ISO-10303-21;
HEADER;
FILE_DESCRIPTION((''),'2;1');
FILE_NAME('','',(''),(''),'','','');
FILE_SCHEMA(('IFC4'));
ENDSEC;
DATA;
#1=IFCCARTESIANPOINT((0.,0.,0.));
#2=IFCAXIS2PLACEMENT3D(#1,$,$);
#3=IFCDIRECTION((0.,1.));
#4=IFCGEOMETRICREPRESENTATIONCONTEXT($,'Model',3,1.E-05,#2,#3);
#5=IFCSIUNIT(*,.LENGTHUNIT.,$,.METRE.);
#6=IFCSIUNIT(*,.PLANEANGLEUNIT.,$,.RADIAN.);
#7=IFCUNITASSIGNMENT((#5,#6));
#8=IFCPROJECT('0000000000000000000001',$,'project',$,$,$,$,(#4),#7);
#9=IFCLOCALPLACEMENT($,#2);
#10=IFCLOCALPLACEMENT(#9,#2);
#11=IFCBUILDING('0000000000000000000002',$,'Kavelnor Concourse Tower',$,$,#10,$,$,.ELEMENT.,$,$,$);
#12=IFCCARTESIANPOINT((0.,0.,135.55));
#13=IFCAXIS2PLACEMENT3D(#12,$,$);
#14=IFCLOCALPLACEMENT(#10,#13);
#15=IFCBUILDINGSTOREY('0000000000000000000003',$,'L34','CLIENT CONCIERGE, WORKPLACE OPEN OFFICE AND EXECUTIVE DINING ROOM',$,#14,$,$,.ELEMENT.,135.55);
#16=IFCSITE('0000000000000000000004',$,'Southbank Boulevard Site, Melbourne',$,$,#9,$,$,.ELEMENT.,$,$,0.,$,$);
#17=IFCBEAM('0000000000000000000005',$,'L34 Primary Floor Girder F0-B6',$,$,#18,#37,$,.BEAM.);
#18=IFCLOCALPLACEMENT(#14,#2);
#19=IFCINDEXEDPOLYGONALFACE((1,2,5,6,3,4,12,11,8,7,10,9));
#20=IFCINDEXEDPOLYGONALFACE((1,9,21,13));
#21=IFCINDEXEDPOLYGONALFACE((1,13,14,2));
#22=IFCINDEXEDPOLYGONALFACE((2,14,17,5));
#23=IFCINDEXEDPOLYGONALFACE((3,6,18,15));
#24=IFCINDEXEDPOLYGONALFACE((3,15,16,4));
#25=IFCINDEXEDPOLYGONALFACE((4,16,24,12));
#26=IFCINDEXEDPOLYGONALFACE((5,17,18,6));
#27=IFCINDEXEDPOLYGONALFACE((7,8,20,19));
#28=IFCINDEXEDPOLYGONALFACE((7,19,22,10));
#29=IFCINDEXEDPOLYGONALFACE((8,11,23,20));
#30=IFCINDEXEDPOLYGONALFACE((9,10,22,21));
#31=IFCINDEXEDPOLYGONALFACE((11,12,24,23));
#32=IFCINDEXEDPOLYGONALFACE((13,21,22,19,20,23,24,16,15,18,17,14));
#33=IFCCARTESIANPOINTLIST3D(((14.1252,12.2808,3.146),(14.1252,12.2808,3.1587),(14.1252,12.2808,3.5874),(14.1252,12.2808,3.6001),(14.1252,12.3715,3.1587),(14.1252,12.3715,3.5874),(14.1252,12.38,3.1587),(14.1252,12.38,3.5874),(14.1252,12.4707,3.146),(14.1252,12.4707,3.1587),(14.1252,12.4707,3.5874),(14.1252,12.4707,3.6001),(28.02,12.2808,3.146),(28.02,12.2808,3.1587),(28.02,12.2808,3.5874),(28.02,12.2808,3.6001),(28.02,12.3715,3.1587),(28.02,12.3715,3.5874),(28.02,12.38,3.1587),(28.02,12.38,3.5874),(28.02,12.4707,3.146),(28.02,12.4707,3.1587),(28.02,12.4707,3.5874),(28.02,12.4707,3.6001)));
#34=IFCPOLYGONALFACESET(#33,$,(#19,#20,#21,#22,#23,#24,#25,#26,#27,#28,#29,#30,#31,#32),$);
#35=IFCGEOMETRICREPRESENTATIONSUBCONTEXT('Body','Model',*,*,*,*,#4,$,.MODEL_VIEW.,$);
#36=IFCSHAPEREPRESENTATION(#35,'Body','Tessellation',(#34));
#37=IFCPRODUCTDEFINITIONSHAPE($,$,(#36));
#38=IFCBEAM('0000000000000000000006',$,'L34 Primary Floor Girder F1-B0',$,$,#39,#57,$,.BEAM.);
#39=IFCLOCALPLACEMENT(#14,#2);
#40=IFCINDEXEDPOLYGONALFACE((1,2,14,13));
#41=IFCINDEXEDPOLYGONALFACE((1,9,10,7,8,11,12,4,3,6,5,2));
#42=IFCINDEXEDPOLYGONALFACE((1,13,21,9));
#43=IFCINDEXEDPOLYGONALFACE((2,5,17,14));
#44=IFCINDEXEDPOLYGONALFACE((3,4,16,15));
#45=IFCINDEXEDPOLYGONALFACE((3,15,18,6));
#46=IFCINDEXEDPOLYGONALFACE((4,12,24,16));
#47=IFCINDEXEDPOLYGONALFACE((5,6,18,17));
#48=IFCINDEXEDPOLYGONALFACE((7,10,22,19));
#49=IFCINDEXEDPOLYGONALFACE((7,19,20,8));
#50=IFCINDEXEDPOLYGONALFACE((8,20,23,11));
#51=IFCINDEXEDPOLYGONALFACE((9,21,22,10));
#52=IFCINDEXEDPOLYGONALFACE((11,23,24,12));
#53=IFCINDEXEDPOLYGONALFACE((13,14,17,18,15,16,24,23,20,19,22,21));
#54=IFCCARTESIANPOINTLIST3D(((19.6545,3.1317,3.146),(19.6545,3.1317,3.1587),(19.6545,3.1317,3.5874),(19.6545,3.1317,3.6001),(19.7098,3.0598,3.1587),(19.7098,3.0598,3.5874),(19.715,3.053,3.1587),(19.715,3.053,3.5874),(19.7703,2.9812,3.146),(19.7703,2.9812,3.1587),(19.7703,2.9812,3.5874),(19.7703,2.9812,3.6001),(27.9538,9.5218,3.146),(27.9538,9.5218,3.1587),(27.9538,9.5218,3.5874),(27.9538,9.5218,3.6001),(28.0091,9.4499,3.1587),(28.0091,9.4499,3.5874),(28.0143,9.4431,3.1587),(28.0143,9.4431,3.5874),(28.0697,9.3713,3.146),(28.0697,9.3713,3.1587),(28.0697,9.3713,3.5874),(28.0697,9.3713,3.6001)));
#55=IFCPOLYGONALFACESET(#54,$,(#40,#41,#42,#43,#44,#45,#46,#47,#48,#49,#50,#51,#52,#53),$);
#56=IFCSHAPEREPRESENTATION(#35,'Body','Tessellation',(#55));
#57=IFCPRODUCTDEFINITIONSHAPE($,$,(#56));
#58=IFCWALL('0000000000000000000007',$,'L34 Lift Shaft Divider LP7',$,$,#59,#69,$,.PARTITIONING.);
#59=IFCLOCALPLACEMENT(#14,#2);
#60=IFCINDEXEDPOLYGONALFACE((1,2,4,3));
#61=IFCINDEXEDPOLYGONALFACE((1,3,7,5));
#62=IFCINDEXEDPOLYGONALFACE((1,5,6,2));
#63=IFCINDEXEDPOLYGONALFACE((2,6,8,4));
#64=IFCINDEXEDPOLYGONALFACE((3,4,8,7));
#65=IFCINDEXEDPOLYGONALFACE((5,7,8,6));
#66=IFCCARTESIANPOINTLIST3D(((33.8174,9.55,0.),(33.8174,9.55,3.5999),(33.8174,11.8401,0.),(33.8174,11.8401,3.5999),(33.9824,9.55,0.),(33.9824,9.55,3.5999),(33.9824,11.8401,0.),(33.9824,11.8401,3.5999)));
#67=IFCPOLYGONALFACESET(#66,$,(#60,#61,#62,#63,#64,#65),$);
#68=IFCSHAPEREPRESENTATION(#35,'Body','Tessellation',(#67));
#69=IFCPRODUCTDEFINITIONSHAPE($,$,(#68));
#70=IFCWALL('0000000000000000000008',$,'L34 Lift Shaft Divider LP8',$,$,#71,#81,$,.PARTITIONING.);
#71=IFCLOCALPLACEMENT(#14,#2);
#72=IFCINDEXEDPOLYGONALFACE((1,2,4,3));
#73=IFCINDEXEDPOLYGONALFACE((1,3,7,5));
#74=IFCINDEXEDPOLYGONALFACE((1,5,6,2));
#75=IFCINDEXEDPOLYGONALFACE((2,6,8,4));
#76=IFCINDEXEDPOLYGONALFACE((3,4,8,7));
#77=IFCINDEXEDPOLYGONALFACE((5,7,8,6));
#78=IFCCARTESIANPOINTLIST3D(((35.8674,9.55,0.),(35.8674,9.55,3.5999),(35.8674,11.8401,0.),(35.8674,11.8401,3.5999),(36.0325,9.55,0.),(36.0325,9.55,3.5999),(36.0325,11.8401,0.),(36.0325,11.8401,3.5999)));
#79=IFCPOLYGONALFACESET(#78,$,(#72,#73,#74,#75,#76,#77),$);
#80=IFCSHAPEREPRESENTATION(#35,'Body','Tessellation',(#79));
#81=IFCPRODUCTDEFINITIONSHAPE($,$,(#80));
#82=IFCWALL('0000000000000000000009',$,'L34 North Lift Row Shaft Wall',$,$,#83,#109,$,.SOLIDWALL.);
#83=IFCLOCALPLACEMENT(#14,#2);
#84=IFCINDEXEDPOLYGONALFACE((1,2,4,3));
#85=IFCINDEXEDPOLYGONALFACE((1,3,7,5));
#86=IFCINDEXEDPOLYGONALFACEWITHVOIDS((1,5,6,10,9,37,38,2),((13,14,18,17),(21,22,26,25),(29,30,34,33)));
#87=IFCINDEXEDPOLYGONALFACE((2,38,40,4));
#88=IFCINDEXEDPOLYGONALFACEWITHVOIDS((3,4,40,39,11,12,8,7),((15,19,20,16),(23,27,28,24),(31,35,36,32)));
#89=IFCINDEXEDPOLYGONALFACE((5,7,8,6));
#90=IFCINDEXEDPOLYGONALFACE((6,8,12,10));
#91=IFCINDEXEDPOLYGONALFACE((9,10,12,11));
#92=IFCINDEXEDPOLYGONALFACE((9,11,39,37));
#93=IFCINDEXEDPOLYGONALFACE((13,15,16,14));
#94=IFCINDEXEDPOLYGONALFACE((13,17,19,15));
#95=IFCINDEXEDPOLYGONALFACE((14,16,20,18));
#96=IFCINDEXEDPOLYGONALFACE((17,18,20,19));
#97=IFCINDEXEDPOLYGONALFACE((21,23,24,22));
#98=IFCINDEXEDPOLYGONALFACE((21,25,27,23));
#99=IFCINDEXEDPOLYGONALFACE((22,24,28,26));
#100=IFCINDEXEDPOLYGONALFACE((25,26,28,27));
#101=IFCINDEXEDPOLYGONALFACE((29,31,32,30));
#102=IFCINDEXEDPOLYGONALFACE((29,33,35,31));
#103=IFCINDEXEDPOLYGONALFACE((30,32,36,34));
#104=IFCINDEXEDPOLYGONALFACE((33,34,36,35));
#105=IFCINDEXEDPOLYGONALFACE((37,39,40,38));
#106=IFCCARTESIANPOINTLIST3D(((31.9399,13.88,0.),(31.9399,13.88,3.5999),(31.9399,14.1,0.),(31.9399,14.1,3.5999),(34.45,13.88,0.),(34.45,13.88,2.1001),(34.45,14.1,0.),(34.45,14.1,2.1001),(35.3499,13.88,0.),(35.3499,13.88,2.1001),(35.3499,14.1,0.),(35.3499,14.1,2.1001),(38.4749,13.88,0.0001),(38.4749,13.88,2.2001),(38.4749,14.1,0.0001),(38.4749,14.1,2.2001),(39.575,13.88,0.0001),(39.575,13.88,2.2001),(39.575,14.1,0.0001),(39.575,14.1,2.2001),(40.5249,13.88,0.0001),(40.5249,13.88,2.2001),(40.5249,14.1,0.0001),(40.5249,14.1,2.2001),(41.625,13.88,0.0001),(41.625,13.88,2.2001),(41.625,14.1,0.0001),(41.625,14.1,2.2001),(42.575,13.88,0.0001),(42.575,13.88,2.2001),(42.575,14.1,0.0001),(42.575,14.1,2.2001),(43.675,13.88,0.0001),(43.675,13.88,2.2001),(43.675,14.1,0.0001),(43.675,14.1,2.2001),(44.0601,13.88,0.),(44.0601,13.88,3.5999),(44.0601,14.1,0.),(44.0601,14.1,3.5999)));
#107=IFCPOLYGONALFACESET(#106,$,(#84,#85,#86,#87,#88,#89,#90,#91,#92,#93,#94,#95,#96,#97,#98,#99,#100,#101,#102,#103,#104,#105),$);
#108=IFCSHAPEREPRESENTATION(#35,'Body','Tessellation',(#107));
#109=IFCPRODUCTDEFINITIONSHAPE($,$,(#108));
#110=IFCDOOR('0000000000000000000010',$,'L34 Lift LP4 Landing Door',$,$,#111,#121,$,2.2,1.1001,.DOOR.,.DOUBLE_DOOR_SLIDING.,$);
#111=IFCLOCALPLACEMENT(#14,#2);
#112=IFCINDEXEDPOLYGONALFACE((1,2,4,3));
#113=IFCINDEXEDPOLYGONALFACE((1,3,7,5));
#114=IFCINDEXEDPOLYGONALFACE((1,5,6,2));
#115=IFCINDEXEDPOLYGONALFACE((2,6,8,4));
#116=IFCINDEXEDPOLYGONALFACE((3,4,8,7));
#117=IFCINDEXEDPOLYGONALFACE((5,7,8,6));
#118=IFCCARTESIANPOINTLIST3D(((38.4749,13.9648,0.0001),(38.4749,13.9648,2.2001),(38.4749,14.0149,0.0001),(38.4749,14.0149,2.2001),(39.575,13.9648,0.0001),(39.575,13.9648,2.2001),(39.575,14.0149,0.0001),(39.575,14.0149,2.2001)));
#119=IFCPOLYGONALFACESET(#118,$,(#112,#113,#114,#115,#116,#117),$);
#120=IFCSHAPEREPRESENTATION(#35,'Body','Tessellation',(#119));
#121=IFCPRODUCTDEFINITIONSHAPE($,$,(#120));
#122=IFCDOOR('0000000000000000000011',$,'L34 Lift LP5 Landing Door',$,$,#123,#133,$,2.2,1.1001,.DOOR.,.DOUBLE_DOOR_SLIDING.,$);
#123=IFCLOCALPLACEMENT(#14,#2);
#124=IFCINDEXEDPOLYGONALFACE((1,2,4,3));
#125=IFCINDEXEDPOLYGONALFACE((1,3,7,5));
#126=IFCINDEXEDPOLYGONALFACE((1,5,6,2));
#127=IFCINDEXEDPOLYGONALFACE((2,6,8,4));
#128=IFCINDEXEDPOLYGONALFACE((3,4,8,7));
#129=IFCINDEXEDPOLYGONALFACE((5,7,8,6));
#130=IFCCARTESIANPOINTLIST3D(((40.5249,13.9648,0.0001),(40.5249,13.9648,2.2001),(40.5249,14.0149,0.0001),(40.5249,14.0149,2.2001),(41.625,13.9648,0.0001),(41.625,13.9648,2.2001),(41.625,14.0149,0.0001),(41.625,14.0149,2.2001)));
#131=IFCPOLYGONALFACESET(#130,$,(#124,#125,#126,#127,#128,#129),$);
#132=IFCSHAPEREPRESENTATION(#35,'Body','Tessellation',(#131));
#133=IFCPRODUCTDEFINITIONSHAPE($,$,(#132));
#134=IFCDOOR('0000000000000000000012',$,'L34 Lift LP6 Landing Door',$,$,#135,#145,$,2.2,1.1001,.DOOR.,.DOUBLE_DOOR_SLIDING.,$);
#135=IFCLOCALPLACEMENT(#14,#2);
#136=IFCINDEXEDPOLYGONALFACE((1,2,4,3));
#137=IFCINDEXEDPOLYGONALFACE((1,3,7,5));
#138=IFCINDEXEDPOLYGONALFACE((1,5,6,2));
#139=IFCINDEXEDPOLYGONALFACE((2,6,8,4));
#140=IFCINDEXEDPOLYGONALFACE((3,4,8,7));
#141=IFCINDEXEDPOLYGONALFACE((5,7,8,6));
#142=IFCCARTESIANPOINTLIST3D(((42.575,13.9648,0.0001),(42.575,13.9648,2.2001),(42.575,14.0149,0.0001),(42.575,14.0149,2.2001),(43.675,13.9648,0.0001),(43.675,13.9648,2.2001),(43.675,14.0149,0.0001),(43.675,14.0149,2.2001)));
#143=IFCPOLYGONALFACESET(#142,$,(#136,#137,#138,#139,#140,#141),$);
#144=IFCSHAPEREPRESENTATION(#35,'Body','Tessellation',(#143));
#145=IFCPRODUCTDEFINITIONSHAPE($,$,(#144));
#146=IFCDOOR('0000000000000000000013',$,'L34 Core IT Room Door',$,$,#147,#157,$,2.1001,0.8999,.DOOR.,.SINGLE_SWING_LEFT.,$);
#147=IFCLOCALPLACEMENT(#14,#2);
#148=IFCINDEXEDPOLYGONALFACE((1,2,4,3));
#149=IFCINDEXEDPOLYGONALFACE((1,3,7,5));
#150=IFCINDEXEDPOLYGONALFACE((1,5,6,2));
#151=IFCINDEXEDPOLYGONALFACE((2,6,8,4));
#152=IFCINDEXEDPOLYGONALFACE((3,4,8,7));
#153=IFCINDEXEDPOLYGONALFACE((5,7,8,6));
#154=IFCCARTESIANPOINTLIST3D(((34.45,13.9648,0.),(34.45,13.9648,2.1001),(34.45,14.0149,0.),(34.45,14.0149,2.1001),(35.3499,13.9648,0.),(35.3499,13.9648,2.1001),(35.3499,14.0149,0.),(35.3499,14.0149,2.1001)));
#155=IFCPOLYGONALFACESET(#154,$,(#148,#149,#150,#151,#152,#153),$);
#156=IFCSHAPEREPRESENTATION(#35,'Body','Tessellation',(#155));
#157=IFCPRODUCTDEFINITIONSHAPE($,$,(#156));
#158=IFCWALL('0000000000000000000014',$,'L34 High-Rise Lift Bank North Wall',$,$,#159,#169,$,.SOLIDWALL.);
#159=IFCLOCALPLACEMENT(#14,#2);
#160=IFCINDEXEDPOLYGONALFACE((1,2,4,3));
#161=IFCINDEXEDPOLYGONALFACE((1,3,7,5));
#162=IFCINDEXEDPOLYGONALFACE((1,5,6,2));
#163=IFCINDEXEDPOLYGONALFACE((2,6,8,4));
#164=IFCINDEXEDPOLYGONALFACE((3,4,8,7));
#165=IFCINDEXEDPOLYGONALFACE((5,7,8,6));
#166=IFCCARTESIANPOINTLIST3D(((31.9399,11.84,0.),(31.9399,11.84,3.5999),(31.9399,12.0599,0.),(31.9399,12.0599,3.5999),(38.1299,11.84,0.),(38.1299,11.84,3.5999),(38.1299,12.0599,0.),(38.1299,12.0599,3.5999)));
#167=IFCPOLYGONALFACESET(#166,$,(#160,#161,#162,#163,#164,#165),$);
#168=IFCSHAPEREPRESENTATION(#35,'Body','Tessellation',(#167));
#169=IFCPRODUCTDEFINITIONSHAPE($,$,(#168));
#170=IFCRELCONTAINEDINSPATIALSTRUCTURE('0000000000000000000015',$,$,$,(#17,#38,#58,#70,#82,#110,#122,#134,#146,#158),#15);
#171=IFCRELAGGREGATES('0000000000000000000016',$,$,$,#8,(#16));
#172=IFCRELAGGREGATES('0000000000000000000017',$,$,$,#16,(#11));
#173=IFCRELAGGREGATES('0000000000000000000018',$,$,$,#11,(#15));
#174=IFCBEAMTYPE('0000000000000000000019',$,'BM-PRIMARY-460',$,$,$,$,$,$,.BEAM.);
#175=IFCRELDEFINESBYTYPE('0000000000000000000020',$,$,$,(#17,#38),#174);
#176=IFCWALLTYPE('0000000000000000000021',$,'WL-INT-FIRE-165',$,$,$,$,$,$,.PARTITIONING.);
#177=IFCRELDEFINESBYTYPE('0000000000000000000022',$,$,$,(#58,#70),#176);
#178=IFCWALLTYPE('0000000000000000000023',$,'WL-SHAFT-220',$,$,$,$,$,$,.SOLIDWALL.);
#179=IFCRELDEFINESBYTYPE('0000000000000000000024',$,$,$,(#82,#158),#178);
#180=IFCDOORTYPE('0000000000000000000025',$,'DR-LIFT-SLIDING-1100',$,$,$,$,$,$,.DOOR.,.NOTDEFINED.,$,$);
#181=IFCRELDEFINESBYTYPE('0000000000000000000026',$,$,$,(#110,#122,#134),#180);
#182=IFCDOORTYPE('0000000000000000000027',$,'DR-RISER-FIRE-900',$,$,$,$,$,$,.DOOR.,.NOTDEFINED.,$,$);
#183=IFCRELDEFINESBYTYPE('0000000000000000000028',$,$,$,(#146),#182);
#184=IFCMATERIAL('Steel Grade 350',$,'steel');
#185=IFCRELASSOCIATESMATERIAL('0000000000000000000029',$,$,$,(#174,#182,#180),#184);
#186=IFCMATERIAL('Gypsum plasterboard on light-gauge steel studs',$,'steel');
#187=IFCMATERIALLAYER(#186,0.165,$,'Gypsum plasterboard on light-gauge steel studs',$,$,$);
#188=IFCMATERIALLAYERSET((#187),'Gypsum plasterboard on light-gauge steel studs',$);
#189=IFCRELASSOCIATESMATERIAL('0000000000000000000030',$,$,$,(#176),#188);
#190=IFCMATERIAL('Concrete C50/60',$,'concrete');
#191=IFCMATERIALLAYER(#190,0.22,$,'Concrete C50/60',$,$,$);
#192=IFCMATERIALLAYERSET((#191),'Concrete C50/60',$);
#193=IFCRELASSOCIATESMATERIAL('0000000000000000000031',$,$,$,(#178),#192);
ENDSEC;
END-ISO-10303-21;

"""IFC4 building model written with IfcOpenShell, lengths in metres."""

from ifc_helpers import new_model, si_unit, direction, frame, frame_2d, origin, origin_2d, place, context, subcontext, project, spatial, rectangle, i_section, extrude, material, layer, layer_set, material_profile, profile_set, type_object, element, fill, save


model = new_model("IFC4")

# Units and contexts
model_context = context("Model", 3, precision=1e-05, world=origin(), true_north=direction((0.0, 1.0)))
body_context = subcontext(model_context, "Body", "Model", "MODEL_VIEW")
ifc_project = project(units=[si_unit("LENGTHUNIT", "METRE"), si_unit("PLANEANGLEUNIT", "RADIAN")], contexts=[model_context])

# Site, building, storey
site_placement = place(None, origin())
site = spatial("IfcSite", under=ifc_project, at=site_placement, Name="Southbank Boulevard Site, Melbourne", CompositionType="ELEMENT", RefElevation=0.0)
building_placement = place(site_placement, origin())
building = spatial("IfcBuilding", under=site, at=building_placement, Name="Kavelnor Concourse Tower", CompositionType="ELEMENT")
storey_placement = place(building_placement, frame((0.0, 0.0, 135.55)))
storey = spatial("IfcBuildingStorey", under=building, at=storey_placement, Name="L34", Description="CLIENT CONCIERGE, WORKPLACE OPEN OFFICE AND EXECUTIVE DINING ROOM", CompositionType="ELEMENT", Elevation=135.55)

# Beams
ifc_material_1 = material(Name="Steel Grade 350", Category="steel")
ifc_material_profile = material_profile(ifc_material_1, i_section(OverallWidth=0.1899, OverallDepth=0.4541, WebThickness=0.0085, FlangeThickness=0.0127, at=origin_2d()), Name="460UB67")
ifc_profile_set = profile_set([ifc_material_profile], Name="Steel Grade 350")
beam_type = type_object("IfcBeamType", Name="BM-PRIMARY-460", PredefinedType="BEAM", material=ifc_profile_set)
beam_1_placement = place(storey_placement, frame((28.02, 12.3757, 3.373), z_axis=(-1.0, 0.0, 0.0), x_axis=(0.0, -1.0, 0.0)))
element("IfcBeam", 1, at=beam_1_placement, inside=storey, type_object=beam_type, Name="L34 Primary Floor Girder F0-B6", PredefinedType="BEAM", context=body_context, shape_type="SweptSolid", body=[
    extrude(i_section(OverallWidth=0.1899, OverallDepth=0.4541, WebThickness=0.0085, FlangeThickness=0.0127, at=origin_2d()), origin(), (0.0, 0.0, 1.0), 13.8948),
])
beam_2_placement = place(storey_placement, frame((28.0117, 9.4465, 3.373), z_axis=(-0.792345, -0.610073, 0.0), x_axis=(0.610073, -0.792345, 0.0)))
element("IfcBeam", 2, at=beam_2_placement, inside=storey, type_object=beam_type, Name="L34 Primary Floor Girder F1-B0", PredefinedType="BEAM", context=body_context, shape_type="SweptSolid", body=[
    extrude(i_section(OverallWidth=0.1899, OverallDepth=0.4541, WebThickness=0.0085, FlangeThickness=0.0127, at=origin_2d()), origin(), (0.0, 0.0, 1.0), 10.4744),
])

# Shared definitions
door_type_1 = type_object("IfcDoorType", Name="DR-RISER-FIRE-900", OperationType="NOTDEFINED", PredefinedType="DOOR", material=ifc_material_1)

# Walls
ifc_material_2 = material(Name="Gypsum plasterboard on light-gauge steel studs", Category="steel")
ifc_layer_1 = layer(ifc_material_2, 0.165, Name="Gypsum plasterboard on light-gauge steel studs")
ifc_layer_set_1 = layer_set([ifc_layer_1], Name="Gypsum plasterboard on light-gauge steel studs")
wall_type_1 = type_object("IfcWallType", Name="WL-INT-FIRE-165", PredefinedType="PARTITIONING", material=ifc_layer_set_1)
for number, where, z_axis, x_axis, name in (
    (3, (33.8999, 9.55, 0.0), (0.0, 0.0, 1.0), (0.0, 1.0, 0.0), "L34 Lift Shaft Divider LP7"),
    (4, (35.95, 9.55, 0.0), (0.0, 0.0, 1.0), (0.0, 1.0, 0.0), "L34 Lift Shaft Divider LP8"),
):
    element("IfcWall", number, at=place(storey_placement, frame(where, z_axis=z_axis, x_axis=x_axis)), inside=storey, type_object=wall_type_1, Name=name, PredefinedType="PARTITIONING", context=body_context, shape_type="SweptSolid", body=[
        extrude(rectangle(XDim=2.29, YDim=0.165, at=frame_2d((1.145, 0.0))), origin(), (0.0, 0.0, 1.0), 3.5999),
    ])

# Wall, openings, doors
ifc_material_3 = material(Name="Concrete C50/60", Category="concrete")
ifc_layer_2 = layer(ifc_material_3, 0.22, Name="Concrete C50/60")
ifc_layer_set_2 = layer_set([ifc_layer_2], Name="Concrete C50/60")
wall_type_2 = type_object("IfcWallType", Name="WL-SHAFT-220", PredefinedType="SOLIDWALL", material=ifc_layer_set_2)
wall_1_placement = place(storey_placement, frame((31.9399, 13.99, 0.0), z_axis=(0.0, 0.0, 1.0), x_axis=(1.0, 0.0, 0.0)))
wall_1 = element("IfcWall", 5, at=wall_1_placement, inside=storey, type_object=wall_type_2, Name="L34 North Lift Row Shaft Wall", PredefinedType="SOLIDWALL", context=body_context, shape_type="SweptSolid", body=[
    extrude(rectangle(XDim=12.1201, YDim=0.22, at=frame_2d((6.0601, 0.0))), origin(), (0.0, 0.0, 1.0), 3.5999),
])
opening_1_placement = place(wall_1_placement, frame((2.51, 0.0, 0.0)))
opening_1 = element("IfcOpeningElement", 6, at=opening_1_placement, cuts=wall_1, PredefinedType="OPENING", context=body_context, shape_type="SweptSolid", body=[
    extrude(rectangle(XDim=0.8999, YDim=2.1001, at=frame_2d((0.45, 1.05))), frame((0.0, 0.1201, 0.0), z_axis=(0.0, -1.0, 0.0), x_axis=(1.0, 0.0, 0.0)), (0.0, 0.0, 1.0), 0.24),
])
opening_2_placement = place(wall_1_placement, frame((6.5349, 0.0, 0.0)))
opening_2 = element("IfcOpeningElement", 7, at=opening_2_placement, cuts=wall_1, PredefinedType="OPENING", context=body_context, shape_type="SweptSolid", body=[
    extrude(rectangle(XDim=1.1001, YDim=2.2, at=frame_2d((0.55, 1.1001))), frame((0.0, 0.1201, 0.0), z_axis=(0.0, -1.0, 0.0), x_axis=(1.0, 0.0, 0.0)), (0.0, 0.0, 1.0), 0.24),
])
opening_3_placement = place(wall_1_placement, frame((8.585, 0.0, 0.0)))
opening_3 = element("IfcOpeningElement", 8, at=opening_3_placement, cuts=wall_1, PredefinedType="OPENING", context=body_context, shape_type="SweptSolid", body=[
    extrude(rectangle(XDim=1.1001, YDim=2.2, at=frame_2d((0.55, 1.1001))), frame((0.0, 0.1201, 0.0), z_axis=(0.0, -1.0, 0.0), x_axis=(1.0, 0.0, 0.0)), (0.0, 0.0, 1.0), 0.24),
])
opening_4_placement = place(wall_1_placement, frame((10.635, 0.0, 0.0)))
opening_4 = element("IfcOpeningElement", 9, at=opening_4_placement, cuts=wall_1, PredefinedType="OPENING", context=body_context, shape_type="SweptSolid", body=[
    extrude(rectangle(XDim=1.1001, YDim=2.2, at=frame_2d((0.55, 1.1001))), frame((0.0, 0.1201, 0.0), z_axis=(0.0, -1.0, 0.0), x_axis=(1.0, 0.0, 0.0)), (0.0, 0.0, 1.0), 0.24),
])
door_type_2 = type_object("IfcDoorType", Name="DR-LIFT-SLIDING-1100", OperationType="NOTDEFINED", PredefinedType="DOOR", material=ifc_material_1)
door_1_placement = place(opening_2_placement, origin())
door_1 = element("IfcDoor", 10, at=door_1_placement, inside=storey, type_object=door_type_2, Name="L34 Lift LP4 Landing Door", OperationType="DOUBLE_DOOR_SLIDING", OverallHeight=2.2, OverallWidth=1.1001, PredefinedType="DOOR", context=body_context, shape_type="SweptSolid", body=[
    extrude(rectangle(XDim=1.1001, YDim=2.2, at=frame_2d((0.55, 1.1001))), frame((0.0, 0.0249, 0.0), z_axis=(0.0, -1.0, 0.0), x_axis=(1.0, 0.0, 0.0)), (0.0, 0.0, 1.0), 0.05),
])
fill(opening_2, door_1)
door_2_placement = place(opening_3_placement, origin())
door_2 = element("IfcDoor", 11, at=door_2_placement, inside=storey, type_object=door_type_2, Name="L34 Lift LP5 Landing Door", OperationType="DOUBLE_DOOR_SLIDING", OverallHeight=2.2, OverallWidth=1.1001, PredefinedType="DOOR", context=body_context, shape_type="SweptSolid", body=[
    extrude(rectangle(XDim=1.1001, YDim=2.2, at=frame_2d((0.55, 1.1001))), frame((0.0, 0.0249, 0.0), z_axis=(0.0, -1.0, 0.0), x_axis=(1.0, 0.0, 0.0)), (0.0, 0.0, 1.0), 0.05),
])
fill(opening_3, door_2)
door_3_placement = place(opening_4_placement, origin())
door_3 = element("IfcDoor", 12, at=door_3_placement, inside=storey, type_object=door_type_2, Name="L34 Lift LP6 Landing Door", OperationType="DOUBLE_DOOR_SLIDING", OverallHeight=2.2, OverallWidth=1.1001, PredefinedType="DOOR", context=body_context, shape_type="SweptSolid", body=[
    extrude(rectangle(XDim=1.1001, YDim=2.2, at=frame_2d((0.55, 1.1001))), frame((0.0, 0.0249, 0.0), z_axis=(0.0, -1.0, 0.0), x_axis=(1.0, 0.0, 0.0)), (0.0, 0.0, 1.0), 0.05),
])
fill(opening_4, door_3)
door_4_placement = place(opening_1_placement, origin())
door_4 = element("IfcDoor", 13, at=door_4_placement, inside=storey, type_object=door_type_1, Name="L34 Core IT Room Door", OperationType="SINGLE_SWING_LEFT", OverallHeight=2.1001, OverallWidth=0.8999, PredefinedType="DOOR", context=body_context, shape_type="SweptSolid", body=[
    extrude(rectangle(XDim=0.8999, YDim=2.1001, at=frame_2d((0.45, 1.05))), frame((0.0, 0.0249, 0.0), z_axis=(0.0, -1.0, 0.0), x_axis=(1.0, 0.0, 0.0)), (0.0, 0.0, 1.0), 0.05),
])
fill(opening_1, door_4)

# Wall
wall_2_placement = place(storey_placement, frame((31.9399, 11.95, 0.0), z_axis=(0.0, 0.0, 1.0), x_axis=(1.0, 0.0, 0.0)))
element("IfcWall", 14, at=wall_2_placement, inside=storey, type_object=wall_type_2, Name="L34 High-Rise Lift Bank North Wall", PredefinedType="SOLIDWALL", context=body_context, shape_type="SweptSolid", body=[
    extrude(rectangle(XDim=6.1899, YDim=0.22, at=frame_2d((3.095, 0.0))), origin(), (0.0, 0.0, 1.0), 3.5999),
])

save(model, "model.ifc")
